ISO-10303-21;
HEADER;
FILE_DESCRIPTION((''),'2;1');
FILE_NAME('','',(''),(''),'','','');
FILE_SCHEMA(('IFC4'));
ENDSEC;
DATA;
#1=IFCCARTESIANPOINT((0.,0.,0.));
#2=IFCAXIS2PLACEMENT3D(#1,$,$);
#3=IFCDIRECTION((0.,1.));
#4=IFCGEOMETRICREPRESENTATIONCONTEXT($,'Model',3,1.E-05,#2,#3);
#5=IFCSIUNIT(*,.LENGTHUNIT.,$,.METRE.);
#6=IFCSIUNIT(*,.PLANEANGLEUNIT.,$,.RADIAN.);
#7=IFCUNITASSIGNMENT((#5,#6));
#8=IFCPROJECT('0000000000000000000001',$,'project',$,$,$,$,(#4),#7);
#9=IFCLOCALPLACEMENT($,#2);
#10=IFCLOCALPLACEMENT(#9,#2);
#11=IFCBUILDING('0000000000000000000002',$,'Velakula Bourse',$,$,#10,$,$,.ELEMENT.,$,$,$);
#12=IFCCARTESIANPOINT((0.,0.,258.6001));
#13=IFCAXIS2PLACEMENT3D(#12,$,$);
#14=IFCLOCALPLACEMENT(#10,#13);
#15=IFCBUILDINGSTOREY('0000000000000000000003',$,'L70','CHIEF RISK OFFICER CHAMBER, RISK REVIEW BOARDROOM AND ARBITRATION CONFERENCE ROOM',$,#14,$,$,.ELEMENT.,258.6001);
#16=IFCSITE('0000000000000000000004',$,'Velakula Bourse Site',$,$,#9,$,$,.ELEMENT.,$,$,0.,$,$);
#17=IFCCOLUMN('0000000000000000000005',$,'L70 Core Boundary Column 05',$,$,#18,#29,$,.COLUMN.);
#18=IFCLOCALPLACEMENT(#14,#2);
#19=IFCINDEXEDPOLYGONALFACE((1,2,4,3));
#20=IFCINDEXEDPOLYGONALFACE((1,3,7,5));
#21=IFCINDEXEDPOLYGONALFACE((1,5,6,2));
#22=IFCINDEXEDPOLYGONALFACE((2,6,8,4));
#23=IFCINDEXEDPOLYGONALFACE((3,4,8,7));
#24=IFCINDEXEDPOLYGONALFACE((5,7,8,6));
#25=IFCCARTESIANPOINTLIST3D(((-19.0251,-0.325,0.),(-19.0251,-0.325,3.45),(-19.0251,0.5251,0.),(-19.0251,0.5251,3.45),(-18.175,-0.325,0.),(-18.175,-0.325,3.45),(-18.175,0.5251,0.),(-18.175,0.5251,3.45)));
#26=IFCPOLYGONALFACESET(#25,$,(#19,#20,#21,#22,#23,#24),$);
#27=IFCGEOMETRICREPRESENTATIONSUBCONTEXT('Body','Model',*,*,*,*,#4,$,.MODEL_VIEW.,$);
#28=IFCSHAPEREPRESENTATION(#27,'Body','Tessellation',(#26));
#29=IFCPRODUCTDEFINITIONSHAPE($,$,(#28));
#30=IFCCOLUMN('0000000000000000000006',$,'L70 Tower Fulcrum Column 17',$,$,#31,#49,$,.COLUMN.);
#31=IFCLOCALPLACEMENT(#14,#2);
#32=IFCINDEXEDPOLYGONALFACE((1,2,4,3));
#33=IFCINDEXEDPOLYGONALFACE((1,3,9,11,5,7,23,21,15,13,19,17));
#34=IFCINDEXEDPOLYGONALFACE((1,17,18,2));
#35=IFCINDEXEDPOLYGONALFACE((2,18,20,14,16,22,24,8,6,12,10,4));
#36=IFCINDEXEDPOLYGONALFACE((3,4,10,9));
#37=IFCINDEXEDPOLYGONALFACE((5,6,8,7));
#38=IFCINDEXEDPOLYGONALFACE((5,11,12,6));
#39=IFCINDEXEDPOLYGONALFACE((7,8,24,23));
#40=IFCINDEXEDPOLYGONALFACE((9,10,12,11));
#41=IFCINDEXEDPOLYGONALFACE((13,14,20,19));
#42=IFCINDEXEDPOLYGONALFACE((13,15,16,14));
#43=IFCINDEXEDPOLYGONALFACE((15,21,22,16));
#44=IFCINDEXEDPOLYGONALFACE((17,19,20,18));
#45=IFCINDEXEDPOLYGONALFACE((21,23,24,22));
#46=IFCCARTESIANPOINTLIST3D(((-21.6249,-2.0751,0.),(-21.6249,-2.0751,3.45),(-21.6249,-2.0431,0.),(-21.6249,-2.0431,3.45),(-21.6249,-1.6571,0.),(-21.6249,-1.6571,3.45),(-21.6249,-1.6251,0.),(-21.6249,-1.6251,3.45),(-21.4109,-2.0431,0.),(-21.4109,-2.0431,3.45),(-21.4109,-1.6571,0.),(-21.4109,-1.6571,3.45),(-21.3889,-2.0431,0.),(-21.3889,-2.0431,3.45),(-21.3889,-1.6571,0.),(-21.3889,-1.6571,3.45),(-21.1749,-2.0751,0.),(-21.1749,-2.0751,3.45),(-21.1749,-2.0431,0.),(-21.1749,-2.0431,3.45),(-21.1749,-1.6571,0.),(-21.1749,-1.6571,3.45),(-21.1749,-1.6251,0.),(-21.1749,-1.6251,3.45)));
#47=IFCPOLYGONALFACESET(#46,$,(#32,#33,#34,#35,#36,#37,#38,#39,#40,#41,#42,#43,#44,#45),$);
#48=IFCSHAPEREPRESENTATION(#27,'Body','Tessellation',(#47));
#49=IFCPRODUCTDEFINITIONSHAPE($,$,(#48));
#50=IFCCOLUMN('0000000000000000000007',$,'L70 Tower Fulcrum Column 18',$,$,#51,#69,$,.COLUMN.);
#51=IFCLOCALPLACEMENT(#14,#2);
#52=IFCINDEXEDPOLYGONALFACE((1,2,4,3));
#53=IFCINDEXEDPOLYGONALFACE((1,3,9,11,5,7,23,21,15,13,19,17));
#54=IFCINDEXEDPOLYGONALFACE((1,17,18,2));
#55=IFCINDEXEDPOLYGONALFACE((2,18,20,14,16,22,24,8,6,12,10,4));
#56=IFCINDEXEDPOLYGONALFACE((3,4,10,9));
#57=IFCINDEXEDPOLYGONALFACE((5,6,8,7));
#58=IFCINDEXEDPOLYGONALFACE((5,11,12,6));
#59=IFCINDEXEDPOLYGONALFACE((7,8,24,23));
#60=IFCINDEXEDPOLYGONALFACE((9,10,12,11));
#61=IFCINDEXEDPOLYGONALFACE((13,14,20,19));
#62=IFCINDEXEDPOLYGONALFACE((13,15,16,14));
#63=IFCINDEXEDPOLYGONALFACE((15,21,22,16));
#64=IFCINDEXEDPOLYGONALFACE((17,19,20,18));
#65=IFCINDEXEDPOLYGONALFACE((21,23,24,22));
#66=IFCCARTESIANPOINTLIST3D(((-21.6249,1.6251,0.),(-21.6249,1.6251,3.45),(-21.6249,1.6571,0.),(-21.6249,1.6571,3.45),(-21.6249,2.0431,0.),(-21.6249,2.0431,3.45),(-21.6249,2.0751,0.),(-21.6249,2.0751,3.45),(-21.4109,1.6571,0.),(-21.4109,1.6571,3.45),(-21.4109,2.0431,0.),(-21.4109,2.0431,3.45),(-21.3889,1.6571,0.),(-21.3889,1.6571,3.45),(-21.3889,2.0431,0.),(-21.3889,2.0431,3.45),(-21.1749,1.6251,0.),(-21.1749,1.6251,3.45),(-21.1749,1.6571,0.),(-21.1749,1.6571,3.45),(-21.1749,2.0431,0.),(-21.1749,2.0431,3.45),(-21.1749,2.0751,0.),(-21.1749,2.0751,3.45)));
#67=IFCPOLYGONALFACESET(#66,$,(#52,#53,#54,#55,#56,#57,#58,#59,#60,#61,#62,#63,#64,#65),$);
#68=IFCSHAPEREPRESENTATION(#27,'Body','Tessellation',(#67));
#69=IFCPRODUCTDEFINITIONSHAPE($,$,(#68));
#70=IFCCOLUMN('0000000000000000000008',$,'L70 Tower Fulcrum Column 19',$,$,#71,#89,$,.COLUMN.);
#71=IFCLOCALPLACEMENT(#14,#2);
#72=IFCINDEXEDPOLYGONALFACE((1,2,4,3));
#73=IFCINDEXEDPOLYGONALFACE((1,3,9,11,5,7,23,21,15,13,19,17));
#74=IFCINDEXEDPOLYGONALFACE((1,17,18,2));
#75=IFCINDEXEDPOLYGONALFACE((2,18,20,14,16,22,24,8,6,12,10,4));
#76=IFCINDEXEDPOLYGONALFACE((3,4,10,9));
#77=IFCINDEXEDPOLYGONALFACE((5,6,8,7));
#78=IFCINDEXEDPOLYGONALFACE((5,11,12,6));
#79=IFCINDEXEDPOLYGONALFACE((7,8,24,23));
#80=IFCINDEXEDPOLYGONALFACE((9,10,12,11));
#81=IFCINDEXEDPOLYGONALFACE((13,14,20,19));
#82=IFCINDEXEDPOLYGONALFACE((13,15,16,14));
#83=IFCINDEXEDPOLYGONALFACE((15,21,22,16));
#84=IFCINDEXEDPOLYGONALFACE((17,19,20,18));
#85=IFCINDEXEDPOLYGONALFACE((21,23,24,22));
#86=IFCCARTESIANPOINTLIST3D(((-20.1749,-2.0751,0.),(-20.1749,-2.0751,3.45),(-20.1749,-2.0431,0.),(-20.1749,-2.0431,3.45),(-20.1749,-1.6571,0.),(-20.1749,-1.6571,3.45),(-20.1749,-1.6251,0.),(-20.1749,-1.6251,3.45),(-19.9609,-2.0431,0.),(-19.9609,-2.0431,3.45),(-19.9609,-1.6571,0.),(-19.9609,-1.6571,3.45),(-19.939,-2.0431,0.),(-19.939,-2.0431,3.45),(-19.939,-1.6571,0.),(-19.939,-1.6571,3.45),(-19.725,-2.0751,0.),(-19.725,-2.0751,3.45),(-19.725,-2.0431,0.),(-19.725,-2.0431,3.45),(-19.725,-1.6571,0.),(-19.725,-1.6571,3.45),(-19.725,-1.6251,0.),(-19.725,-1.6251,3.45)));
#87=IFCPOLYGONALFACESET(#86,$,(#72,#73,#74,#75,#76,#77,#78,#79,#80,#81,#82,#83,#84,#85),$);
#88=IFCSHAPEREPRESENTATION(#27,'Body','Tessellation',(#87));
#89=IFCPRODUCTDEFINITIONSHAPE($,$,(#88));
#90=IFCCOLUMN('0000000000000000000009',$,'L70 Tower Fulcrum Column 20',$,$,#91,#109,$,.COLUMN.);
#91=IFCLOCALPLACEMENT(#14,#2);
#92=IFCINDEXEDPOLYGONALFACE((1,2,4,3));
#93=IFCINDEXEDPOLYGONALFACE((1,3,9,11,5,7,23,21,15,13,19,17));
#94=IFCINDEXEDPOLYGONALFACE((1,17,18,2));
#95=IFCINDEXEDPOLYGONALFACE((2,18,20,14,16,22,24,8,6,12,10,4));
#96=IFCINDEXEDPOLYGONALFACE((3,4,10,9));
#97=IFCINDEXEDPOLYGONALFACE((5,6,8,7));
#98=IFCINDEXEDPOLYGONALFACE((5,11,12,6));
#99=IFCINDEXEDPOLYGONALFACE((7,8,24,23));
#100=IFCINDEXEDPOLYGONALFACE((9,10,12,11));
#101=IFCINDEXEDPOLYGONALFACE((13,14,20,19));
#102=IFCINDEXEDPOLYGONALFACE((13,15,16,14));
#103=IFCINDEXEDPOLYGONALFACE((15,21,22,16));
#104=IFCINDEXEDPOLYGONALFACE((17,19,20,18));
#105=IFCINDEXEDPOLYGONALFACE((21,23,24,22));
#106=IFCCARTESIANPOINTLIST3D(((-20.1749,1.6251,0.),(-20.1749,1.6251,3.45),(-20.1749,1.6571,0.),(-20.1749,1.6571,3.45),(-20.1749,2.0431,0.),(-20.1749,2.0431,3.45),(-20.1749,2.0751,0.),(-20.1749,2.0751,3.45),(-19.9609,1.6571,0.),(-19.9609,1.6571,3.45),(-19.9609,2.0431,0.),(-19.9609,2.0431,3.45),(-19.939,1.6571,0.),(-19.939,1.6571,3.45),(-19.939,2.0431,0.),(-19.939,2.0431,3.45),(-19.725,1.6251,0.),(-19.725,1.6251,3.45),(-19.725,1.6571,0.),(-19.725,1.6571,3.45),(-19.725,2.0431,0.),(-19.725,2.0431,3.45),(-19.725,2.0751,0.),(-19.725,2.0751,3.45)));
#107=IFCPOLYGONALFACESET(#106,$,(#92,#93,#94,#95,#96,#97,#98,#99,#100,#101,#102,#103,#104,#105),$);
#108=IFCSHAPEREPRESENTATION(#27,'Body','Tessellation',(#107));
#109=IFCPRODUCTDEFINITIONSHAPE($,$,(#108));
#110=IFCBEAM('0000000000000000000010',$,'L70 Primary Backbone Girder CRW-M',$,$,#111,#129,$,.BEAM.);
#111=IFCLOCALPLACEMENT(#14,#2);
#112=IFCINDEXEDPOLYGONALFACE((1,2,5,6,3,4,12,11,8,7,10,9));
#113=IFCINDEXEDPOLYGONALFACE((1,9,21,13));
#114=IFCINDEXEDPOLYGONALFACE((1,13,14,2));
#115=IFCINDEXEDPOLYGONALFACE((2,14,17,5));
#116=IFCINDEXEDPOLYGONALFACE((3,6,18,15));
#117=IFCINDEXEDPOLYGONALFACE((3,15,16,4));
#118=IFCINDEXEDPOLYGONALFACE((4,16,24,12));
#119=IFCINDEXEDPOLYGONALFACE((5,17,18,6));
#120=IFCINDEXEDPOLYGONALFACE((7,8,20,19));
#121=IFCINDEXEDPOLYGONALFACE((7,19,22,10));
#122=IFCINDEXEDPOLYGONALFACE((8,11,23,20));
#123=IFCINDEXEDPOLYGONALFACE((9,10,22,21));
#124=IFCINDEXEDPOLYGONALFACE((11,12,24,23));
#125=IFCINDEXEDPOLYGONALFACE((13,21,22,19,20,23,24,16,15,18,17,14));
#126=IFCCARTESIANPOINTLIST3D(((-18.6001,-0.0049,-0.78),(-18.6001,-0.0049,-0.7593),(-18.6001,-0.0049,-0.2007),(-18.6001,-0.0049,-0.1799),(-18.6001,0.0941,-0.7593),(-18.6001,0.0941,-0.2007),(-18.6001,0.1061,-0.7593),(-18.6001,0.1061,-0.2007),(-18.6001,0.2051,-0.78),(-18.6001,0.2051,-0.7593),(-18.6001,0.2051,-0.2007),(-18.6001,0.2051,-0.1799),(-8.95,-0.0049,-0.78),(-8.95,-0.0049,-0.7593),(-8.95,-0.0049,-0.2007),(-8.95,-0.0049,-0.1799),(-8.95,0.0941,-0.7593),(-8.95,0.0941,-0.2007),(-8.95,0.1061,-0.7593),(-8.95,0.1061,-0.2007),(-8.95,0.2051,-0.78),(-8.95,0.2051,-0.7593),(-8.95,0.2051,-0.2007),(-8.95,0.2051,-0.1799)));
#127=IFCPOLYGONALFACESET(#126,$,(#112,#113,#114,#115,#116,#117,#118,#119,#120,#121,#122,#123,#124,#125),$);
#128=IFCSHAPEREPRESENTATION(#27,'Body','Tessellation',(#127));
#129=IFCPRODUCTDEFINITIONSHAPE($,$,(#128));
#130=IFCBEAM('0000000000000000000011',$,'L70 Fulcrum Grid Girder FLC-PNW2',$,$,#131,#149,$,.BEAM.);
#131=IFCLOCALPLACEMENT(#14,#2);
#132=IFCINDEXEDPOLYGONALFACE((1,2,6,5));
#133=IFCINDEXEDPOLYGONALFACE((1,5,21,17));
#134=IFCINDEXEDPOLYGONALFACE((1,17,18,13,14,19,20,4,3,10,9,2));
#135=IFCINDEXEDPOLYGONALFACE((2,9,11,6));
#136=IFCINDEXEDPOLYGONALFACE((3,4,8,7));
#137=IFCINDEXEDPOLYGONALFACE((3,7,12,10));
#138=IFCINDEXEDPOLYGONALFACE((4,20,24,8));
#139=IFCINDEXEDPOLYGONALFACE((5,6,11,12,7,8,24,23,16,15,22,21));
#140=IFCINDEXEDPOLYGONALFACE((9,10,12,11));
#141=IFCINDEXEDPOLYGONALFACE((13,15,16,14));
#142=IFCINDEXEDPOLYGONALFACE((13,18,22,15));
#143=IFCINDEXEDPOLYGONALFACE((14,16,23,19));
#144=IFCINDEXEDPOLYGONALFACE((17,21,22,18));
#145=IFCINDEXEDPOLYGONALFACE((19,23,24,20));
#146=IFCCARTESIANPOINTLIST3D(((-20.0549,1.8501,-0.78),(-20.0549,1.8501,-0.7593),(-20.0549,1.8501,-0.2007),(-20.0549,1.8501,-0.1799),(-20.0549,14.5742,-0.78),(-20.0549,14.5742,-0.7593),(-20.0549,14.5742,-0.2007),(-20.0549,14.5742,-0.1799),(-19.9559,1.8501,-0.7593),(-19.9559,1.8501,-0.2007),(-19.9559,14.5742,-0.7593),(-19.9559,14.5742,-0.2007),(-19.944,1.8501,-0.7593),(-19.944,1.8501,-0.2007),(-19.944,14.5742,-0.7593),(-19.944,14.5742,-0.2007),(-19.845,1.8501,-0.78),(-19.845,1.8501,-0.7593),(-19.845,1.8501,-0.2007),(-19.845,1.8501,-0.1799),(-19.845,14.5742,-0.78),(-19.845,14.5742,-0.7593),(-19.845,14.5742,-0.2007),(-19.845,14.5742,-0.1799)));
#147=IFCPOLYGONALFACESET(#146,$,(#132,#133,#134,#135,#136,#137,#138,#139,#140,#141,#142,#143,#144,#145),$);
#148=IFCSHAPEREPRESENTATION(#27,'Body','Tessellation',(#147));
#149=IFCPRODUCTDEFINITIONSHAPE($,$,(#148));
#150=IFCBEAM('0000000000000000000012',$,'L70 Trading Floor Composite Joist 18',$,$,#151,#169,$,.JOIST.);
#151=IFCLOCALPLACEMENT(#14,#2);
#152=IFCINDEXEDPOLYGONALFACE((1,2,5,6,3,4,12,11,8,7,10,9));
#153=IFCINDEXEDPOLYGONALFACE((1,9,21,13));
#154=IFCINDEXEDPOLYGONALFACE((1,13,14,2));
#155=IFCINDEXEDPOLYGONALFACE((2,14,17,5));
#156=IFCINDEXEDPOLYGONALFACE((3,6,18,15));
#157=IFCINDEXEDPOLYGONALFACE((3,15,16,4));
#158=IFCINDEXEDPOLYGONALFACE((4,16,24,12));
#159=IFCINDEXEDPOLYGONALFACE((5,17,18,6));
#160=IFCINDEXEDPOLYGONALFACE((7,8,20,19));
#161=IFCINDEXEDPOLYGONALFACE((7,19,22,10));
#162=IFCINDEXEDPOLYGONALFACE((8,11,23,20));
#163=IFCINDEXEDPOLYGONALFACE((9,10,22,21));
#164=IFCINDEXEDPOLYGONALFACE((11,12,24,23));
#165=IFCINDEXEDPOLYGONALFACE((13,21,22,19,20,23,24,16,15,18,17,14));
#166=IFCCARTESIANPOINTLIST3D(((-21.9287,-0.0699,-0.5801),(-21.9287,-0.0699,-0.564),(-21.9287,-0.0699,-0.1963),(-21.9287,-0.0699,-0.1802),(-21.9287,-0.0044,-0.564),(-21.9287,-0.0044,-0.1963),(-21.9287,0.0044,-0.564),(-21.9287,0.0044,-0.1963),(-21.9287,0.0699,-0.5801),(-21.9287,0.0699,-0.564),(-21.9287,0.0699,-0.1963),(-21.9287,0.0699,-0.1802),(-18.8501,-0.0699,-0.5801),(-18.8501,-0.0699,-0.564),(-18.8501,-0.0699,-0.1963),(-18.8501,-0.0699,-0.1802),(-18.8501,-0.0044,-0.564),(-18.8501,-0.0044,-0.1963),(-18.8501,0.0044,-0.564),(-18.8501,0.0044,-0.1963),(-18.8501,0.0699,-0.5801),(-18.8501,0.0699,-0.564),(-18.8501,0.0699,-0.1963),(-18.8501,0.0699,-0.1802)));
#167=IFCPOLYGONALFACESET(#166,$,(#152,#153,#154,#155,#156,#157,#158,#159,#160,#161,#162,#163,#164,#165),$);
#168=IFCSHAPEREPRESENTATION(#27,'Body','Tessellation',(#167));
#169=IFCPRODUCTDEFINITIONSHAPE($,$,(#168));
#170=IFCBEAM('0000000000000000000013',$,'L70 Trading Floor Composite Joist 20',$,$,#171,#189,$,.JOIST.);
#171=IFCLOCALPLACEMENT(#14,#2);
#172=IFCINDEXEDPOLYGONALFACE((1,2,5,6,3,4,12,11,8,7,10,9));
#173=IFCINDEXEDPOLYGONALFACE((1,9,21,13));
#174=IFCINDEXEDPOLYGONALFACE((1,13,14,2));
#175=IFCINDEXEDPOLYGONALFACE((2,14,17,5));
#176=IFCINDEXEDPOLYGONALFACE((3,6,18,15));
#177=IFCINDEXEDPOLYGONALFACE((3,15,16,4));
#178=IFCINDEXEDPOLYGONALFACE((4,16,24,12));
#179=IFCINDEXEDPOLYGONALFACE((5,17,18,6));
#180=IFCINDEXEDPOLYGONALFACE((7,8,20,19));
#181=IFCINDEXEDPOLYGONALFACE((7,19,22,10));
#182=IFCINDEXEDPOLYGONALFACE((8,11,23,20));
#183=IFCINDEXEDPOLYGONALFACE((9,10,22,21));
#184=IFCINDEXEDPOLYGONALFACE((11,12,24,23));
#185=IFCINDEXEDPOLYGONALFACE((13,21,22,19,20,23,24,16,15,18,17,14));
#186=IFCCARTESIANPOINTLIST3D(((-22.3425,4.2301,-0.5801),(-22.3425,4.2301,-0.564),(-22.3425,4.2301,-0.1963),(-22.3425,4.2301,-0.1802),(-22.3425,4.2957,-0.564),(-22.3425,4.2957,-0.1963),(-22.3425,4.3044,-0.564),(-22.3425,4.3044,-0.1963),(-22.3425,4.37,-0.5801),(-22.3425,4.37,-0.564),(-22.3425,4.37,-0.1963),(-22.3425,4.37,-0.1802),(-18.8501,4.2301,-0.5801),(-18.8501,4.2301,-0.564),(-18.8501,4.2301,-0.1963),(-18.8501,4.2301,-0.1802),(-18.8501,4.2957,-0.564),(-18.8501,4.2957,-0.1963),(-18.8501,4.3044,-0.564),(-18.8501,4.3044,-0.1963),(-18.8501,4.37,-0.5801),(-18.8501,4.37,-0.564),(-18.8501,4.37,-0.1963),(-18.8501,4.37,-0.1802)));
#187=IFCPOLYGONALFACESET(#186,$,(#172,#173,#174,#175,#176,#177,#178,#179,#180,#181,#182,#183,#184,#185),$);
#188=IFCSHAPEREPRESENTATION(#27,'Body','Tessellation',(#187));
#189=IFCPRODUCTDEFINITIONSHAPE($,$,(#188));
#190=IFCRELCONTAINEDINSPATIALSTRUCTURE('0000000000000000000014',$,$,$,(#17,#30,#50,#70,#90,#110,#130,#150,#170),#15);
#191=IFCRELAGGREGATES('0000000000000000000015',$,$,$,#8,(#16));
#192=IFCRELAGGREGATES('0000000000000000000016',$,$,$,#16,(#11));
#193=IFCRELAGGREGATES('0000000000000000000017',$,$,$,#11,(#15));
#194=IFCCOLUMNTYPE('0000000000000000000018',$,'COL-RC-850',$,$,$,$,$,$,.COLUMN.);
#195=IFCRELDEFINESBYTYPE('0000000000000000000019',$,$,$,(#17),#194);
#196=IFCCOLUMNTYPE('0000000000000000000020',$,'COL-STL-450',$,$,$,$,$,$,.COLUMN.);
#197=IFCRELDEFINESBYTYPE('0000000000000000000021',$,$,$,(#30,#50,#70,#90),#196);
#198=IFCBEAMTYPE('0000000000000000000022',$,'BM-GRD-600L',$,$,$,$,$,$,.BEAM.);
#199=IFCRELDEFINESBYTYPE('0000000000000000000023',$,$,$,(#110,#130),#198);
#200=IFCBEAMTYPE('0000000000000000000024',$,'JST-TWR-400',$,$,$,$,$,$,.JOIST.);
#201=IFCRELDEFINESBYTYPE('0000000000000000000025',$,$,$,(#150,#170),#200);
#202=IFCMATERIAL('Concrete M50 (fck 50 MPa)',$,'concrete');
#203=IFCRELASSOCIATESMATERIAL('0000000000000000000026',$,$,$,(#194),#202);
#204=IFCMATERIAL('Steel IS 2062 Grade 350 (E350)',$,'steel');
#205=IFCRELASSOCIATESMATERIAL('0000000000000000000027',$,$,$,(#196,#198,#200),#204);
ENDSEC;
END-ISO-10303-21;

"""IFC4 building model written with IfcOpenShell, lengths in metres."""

from ifc_helpers import new_model, si_unit, direction, frame, origin, origin_2d, place, context, subcontext, project, spatial, rectangle, i_section, extrude, material, material_profile, profile_set, type_object, element, save


model = new_model("IFC4")

# Units and contexts
model_context = context("Model", 3, precision=1e-05, world=origin(), true_north=direction((0.0, 1.0)))
body_context = subcontext(model_context, "Body", "Model", "MODEL_VIEW")
ifc_project = project(units=[si_unit("LENGTHUNIT", "METRE"), si_unit("PLANEANGLEUNIT", "RADIAN")], contexts=[model_context])

# Site, building, storey
site_placement = place(None, origin())
site = spatial("IfcSite", under=ifc_project, at=site_placement, Name="Velakula Bourse Site", CompositionType="ELEMENT", RefElevation=0.0)
building_placement = place(site_placement, origin())
building = spatial("IfcBuilding", under=site, at=building_placement, Name="Velakula Bourse", CompositionType="ELEMENT")
storey_placement = place(building_placement, frame((0.0, 0.0, 258.6001)))
storey = spatial("IfcBuildingStorey", under=building, at=storey_placement, Name="L70", Description="CHIEF RISK OFFICER CHAMBER, RISK REVIEW BOARDROOM AND ARBITRATION CONFERENCE ROOM", CompositionType="ELEMENT", Elevation=258.6001)

# Columns
ifc_material_1 = material(Name="Concrete M50 (fck 50 MPa)", Category="concrete")
ifc_material_profile_1 = material_profile(ifc_material_1, rectangle(XDim=0.8501, YDim=0.8501, at=origin_2d()), Name="Concrete M50 (fck 50 MPa)")
ifc_profile_set_1 = profile_set([ifc_material_profile_1], Name="Concrete M50 (fck 50 MPa)")
column_type_1 = type_object("IfcColumnType", Name="COL-RC-850", PredefinedType="COLUMN", material=ifc_profile_set_1)
column_placement = place(storey_placement, frame((-18.6001, 0.1001, 0.0), z_axis=(0.0, 0.0, 1.0), x_axis=(1.0, 0.0, 0.0)))
element("IfcColumn", 1, at=column_placement, inside=storey, type_object=column_type_1, Name="L70 Core Boundary Column 05", PredefinedType="COLUMN", context=body_context, shape_type="SweptSolid", body=[
    extrude(rectangle(XDim=0.8501, YDim=0.8501, at=origin_2d()), origin(), (0.0, 0.0, 1.0), 3.45),
])
ifc_material_2 = material(Name="Steel IS 2062 Grade 350 (E350)", Category="steel")
ifc_material_profile_2 = material_profile(ifc_material_2, i_section(OverallWidth=0.45, OverallDepth=0.45, WebThickness=0.022, FlangeThickness=0.032, at=origin_2d()), Name="Steel IS 2062 Grade 350 (E350)")
ifc_profile_set_2 = profile_set([ifc_material_profile_2], Name="Steel IS 2062 Grade 350 (E350)")
column_type_2 = type_object("IfcColumnType", Name="COL-STL-450", PredefinedType="COLUMN", material=ifc_profile_set_2)
for number, where, z_axis, x_axis, name in (
    (2, (-21.3999, -1.8501, 0.0), (0.0, 0.0, 1.0), (1.0, 0.0, 0.0), "L70 Tower Fulcrum Column 17"),
    (3, (-21.3999, 1.8501, 0.0), (0.0, 0.0, 1.0), (1.0, 0.0, 0.0), "L70 Tower Fulcrum Column 18"),
    (4, (-19.95, -1.8501, 0.0), (0.0, 0.0, 1.0), (1.0, 0.0, 0.0), "L70 Tower Fulcrum Column 19"),
    (5, (-19.95, 1.8501, 0.0), (0.0, 0.0, 1.0), (1.0, 0.0, 0.0), "L70 Tower Fulcrum Column 20"),
):
    element("IfcColumn", number, at=place(storey_placement, frame(where, z_axis=z_axis, x_axis=x_axis)), inside=storey, type_object=column_type_2, Name=name, PredefinedType="COLUMN", context=body_context, shape_type="SweptSolid", body=[
        extrude(i_section(OverallWidth=0.45, OverallDepth=0.45, WebThickness=0.022, FlangeThickness=0.032, at=origin_2d()), origin(), (0.0, 0.0, 1.0), 3.45),
    ])

# Beams
ifc_material_profile_3 = material_profile(ifc_material_2, i_section(OverallWidth=0.21, OverallDepth=0.6001, WebThickness=0.012, FlangeThickness=0.0208, at=origin_2d()), Name="Steel IS 2062 Grade 350 (E350)")
ifc_profile_set_3 = profile_set([ifc_material_profile_3], Name="Steel IS 2062 Grade 350 (E350)")
beam_type_1 = type_object("IfcBeamType", Name="BM-GRD-600L", PredefinedType="BEAM", material=ifc_profile_set_3)
beam_1_placement = place(storey_placement, frame((-18.6001, 0.1001, -0.48), z_axis=(1.0, 0.0, 0.0), x_axis=(0.0, 1.0, 0.0)))
element("IfcBeam", 6, at=beam_1_placement, inside=storey, type_object=beam_type_1, Name="L70 Primary Backbone Girder CRW-M", PredefinedType="BEAM", context=body_context, shape_type="SweptSolid", body=[
    extrude(i_section(OverallWidth=0.21, OverallDepth=0.6001, WebThickness=0.012, FlangeThickness=0.0208, at=origin_2d()), origin(), (0.0, 0.0, 1.0), 9.6501),
])
beam_2_placement = place(storey_placement, frame((-19.95, 1.8501, -0.48), z_axis=(0.0, 1.0, 0.0), x_axis=(-1.0, 0.0, 0.0)))
element("IfcBeam", 7, at=beam_2_placement, inside=storey, type_object=beam_type_1, Name="L70 Fulcrum Grid Girder FLC-PNW2", PredefinedType="BEAM", context=body_context, shape_type="SweptSolid", body=[
    extrude(i_section(OverallWidth=0.21, OverallDepth=0.6001, WebThickness=0.012, FlangeThickness=0.0208, at=origin_2d()), origin(), (0.0, 0.0, 1.0), 12.7241),
])
ifc_material_profile_4 = material_profile(ifc_material_2, i_section(OverallWidth=0.1399, OverallDepth=0.3999, WebThickness=0.0088, FlangeThickness=0.0161, at=origin_2d()), Name="Steel IS 2062 Grade 350 (E350)")
ifc_profile_set_4 = profile_set([ifc_material_profile_4], Name="Steel IS 2062 Grade 350 (E350)")
beam_type_2 = type_object("IfcBeamType", Name="JST-TWR-400", PredefinedType="JOIST", material=ifc_profile_set_4)
beam_3_placement = place(storey_placement, frame((-21.9287, 0.0, -0.3801), z_axis=(1.0, 0.0, 0.0), x_axis=(0.0, 1.0, 0.0)))
element("IfcBeam", 8, at=beam_3_placement, inside=storey, type_object=beam_type_2, Name="L70 Trading Floor Composite Joist 18", PredefinedType="JOIST", context=body_context, shape_type="SweptSolid", body=[
    extrude(i_section(OverallWidth=0.1399, OverallDepth=0.3999, WebThickness=0.0088, FlangeThickness=0.0161, at=origin_2d()), origin(), (0.0, 0.0, 1.0), 3.0786),
])
beam_4_placement = place(storey_placement, frame((-22.3425, 4.3, -0.3801), z_axis=(1.0, 0.0, 0.0), x_axis=(0.0, 1.0, 0.0)))
element("IfcBeam", 9, at=beam_4_placement, inside=storey, type_object=beam_type_2, Name="L70 Trading Floor Composite Joist 20", PredefinedType="JOIST", context=body_context, shape_type="SweptSolid", body=[
    extrude(i_section(OverallWidth=0.1399, OverallDepth=0.3999, WebThickness=0.0088, FlangeThickness=0.0161, at=origin_2d()), origin(), (0.0, 0.0, 1.0), 3.4924),
])

save(model, "model.ifc")
